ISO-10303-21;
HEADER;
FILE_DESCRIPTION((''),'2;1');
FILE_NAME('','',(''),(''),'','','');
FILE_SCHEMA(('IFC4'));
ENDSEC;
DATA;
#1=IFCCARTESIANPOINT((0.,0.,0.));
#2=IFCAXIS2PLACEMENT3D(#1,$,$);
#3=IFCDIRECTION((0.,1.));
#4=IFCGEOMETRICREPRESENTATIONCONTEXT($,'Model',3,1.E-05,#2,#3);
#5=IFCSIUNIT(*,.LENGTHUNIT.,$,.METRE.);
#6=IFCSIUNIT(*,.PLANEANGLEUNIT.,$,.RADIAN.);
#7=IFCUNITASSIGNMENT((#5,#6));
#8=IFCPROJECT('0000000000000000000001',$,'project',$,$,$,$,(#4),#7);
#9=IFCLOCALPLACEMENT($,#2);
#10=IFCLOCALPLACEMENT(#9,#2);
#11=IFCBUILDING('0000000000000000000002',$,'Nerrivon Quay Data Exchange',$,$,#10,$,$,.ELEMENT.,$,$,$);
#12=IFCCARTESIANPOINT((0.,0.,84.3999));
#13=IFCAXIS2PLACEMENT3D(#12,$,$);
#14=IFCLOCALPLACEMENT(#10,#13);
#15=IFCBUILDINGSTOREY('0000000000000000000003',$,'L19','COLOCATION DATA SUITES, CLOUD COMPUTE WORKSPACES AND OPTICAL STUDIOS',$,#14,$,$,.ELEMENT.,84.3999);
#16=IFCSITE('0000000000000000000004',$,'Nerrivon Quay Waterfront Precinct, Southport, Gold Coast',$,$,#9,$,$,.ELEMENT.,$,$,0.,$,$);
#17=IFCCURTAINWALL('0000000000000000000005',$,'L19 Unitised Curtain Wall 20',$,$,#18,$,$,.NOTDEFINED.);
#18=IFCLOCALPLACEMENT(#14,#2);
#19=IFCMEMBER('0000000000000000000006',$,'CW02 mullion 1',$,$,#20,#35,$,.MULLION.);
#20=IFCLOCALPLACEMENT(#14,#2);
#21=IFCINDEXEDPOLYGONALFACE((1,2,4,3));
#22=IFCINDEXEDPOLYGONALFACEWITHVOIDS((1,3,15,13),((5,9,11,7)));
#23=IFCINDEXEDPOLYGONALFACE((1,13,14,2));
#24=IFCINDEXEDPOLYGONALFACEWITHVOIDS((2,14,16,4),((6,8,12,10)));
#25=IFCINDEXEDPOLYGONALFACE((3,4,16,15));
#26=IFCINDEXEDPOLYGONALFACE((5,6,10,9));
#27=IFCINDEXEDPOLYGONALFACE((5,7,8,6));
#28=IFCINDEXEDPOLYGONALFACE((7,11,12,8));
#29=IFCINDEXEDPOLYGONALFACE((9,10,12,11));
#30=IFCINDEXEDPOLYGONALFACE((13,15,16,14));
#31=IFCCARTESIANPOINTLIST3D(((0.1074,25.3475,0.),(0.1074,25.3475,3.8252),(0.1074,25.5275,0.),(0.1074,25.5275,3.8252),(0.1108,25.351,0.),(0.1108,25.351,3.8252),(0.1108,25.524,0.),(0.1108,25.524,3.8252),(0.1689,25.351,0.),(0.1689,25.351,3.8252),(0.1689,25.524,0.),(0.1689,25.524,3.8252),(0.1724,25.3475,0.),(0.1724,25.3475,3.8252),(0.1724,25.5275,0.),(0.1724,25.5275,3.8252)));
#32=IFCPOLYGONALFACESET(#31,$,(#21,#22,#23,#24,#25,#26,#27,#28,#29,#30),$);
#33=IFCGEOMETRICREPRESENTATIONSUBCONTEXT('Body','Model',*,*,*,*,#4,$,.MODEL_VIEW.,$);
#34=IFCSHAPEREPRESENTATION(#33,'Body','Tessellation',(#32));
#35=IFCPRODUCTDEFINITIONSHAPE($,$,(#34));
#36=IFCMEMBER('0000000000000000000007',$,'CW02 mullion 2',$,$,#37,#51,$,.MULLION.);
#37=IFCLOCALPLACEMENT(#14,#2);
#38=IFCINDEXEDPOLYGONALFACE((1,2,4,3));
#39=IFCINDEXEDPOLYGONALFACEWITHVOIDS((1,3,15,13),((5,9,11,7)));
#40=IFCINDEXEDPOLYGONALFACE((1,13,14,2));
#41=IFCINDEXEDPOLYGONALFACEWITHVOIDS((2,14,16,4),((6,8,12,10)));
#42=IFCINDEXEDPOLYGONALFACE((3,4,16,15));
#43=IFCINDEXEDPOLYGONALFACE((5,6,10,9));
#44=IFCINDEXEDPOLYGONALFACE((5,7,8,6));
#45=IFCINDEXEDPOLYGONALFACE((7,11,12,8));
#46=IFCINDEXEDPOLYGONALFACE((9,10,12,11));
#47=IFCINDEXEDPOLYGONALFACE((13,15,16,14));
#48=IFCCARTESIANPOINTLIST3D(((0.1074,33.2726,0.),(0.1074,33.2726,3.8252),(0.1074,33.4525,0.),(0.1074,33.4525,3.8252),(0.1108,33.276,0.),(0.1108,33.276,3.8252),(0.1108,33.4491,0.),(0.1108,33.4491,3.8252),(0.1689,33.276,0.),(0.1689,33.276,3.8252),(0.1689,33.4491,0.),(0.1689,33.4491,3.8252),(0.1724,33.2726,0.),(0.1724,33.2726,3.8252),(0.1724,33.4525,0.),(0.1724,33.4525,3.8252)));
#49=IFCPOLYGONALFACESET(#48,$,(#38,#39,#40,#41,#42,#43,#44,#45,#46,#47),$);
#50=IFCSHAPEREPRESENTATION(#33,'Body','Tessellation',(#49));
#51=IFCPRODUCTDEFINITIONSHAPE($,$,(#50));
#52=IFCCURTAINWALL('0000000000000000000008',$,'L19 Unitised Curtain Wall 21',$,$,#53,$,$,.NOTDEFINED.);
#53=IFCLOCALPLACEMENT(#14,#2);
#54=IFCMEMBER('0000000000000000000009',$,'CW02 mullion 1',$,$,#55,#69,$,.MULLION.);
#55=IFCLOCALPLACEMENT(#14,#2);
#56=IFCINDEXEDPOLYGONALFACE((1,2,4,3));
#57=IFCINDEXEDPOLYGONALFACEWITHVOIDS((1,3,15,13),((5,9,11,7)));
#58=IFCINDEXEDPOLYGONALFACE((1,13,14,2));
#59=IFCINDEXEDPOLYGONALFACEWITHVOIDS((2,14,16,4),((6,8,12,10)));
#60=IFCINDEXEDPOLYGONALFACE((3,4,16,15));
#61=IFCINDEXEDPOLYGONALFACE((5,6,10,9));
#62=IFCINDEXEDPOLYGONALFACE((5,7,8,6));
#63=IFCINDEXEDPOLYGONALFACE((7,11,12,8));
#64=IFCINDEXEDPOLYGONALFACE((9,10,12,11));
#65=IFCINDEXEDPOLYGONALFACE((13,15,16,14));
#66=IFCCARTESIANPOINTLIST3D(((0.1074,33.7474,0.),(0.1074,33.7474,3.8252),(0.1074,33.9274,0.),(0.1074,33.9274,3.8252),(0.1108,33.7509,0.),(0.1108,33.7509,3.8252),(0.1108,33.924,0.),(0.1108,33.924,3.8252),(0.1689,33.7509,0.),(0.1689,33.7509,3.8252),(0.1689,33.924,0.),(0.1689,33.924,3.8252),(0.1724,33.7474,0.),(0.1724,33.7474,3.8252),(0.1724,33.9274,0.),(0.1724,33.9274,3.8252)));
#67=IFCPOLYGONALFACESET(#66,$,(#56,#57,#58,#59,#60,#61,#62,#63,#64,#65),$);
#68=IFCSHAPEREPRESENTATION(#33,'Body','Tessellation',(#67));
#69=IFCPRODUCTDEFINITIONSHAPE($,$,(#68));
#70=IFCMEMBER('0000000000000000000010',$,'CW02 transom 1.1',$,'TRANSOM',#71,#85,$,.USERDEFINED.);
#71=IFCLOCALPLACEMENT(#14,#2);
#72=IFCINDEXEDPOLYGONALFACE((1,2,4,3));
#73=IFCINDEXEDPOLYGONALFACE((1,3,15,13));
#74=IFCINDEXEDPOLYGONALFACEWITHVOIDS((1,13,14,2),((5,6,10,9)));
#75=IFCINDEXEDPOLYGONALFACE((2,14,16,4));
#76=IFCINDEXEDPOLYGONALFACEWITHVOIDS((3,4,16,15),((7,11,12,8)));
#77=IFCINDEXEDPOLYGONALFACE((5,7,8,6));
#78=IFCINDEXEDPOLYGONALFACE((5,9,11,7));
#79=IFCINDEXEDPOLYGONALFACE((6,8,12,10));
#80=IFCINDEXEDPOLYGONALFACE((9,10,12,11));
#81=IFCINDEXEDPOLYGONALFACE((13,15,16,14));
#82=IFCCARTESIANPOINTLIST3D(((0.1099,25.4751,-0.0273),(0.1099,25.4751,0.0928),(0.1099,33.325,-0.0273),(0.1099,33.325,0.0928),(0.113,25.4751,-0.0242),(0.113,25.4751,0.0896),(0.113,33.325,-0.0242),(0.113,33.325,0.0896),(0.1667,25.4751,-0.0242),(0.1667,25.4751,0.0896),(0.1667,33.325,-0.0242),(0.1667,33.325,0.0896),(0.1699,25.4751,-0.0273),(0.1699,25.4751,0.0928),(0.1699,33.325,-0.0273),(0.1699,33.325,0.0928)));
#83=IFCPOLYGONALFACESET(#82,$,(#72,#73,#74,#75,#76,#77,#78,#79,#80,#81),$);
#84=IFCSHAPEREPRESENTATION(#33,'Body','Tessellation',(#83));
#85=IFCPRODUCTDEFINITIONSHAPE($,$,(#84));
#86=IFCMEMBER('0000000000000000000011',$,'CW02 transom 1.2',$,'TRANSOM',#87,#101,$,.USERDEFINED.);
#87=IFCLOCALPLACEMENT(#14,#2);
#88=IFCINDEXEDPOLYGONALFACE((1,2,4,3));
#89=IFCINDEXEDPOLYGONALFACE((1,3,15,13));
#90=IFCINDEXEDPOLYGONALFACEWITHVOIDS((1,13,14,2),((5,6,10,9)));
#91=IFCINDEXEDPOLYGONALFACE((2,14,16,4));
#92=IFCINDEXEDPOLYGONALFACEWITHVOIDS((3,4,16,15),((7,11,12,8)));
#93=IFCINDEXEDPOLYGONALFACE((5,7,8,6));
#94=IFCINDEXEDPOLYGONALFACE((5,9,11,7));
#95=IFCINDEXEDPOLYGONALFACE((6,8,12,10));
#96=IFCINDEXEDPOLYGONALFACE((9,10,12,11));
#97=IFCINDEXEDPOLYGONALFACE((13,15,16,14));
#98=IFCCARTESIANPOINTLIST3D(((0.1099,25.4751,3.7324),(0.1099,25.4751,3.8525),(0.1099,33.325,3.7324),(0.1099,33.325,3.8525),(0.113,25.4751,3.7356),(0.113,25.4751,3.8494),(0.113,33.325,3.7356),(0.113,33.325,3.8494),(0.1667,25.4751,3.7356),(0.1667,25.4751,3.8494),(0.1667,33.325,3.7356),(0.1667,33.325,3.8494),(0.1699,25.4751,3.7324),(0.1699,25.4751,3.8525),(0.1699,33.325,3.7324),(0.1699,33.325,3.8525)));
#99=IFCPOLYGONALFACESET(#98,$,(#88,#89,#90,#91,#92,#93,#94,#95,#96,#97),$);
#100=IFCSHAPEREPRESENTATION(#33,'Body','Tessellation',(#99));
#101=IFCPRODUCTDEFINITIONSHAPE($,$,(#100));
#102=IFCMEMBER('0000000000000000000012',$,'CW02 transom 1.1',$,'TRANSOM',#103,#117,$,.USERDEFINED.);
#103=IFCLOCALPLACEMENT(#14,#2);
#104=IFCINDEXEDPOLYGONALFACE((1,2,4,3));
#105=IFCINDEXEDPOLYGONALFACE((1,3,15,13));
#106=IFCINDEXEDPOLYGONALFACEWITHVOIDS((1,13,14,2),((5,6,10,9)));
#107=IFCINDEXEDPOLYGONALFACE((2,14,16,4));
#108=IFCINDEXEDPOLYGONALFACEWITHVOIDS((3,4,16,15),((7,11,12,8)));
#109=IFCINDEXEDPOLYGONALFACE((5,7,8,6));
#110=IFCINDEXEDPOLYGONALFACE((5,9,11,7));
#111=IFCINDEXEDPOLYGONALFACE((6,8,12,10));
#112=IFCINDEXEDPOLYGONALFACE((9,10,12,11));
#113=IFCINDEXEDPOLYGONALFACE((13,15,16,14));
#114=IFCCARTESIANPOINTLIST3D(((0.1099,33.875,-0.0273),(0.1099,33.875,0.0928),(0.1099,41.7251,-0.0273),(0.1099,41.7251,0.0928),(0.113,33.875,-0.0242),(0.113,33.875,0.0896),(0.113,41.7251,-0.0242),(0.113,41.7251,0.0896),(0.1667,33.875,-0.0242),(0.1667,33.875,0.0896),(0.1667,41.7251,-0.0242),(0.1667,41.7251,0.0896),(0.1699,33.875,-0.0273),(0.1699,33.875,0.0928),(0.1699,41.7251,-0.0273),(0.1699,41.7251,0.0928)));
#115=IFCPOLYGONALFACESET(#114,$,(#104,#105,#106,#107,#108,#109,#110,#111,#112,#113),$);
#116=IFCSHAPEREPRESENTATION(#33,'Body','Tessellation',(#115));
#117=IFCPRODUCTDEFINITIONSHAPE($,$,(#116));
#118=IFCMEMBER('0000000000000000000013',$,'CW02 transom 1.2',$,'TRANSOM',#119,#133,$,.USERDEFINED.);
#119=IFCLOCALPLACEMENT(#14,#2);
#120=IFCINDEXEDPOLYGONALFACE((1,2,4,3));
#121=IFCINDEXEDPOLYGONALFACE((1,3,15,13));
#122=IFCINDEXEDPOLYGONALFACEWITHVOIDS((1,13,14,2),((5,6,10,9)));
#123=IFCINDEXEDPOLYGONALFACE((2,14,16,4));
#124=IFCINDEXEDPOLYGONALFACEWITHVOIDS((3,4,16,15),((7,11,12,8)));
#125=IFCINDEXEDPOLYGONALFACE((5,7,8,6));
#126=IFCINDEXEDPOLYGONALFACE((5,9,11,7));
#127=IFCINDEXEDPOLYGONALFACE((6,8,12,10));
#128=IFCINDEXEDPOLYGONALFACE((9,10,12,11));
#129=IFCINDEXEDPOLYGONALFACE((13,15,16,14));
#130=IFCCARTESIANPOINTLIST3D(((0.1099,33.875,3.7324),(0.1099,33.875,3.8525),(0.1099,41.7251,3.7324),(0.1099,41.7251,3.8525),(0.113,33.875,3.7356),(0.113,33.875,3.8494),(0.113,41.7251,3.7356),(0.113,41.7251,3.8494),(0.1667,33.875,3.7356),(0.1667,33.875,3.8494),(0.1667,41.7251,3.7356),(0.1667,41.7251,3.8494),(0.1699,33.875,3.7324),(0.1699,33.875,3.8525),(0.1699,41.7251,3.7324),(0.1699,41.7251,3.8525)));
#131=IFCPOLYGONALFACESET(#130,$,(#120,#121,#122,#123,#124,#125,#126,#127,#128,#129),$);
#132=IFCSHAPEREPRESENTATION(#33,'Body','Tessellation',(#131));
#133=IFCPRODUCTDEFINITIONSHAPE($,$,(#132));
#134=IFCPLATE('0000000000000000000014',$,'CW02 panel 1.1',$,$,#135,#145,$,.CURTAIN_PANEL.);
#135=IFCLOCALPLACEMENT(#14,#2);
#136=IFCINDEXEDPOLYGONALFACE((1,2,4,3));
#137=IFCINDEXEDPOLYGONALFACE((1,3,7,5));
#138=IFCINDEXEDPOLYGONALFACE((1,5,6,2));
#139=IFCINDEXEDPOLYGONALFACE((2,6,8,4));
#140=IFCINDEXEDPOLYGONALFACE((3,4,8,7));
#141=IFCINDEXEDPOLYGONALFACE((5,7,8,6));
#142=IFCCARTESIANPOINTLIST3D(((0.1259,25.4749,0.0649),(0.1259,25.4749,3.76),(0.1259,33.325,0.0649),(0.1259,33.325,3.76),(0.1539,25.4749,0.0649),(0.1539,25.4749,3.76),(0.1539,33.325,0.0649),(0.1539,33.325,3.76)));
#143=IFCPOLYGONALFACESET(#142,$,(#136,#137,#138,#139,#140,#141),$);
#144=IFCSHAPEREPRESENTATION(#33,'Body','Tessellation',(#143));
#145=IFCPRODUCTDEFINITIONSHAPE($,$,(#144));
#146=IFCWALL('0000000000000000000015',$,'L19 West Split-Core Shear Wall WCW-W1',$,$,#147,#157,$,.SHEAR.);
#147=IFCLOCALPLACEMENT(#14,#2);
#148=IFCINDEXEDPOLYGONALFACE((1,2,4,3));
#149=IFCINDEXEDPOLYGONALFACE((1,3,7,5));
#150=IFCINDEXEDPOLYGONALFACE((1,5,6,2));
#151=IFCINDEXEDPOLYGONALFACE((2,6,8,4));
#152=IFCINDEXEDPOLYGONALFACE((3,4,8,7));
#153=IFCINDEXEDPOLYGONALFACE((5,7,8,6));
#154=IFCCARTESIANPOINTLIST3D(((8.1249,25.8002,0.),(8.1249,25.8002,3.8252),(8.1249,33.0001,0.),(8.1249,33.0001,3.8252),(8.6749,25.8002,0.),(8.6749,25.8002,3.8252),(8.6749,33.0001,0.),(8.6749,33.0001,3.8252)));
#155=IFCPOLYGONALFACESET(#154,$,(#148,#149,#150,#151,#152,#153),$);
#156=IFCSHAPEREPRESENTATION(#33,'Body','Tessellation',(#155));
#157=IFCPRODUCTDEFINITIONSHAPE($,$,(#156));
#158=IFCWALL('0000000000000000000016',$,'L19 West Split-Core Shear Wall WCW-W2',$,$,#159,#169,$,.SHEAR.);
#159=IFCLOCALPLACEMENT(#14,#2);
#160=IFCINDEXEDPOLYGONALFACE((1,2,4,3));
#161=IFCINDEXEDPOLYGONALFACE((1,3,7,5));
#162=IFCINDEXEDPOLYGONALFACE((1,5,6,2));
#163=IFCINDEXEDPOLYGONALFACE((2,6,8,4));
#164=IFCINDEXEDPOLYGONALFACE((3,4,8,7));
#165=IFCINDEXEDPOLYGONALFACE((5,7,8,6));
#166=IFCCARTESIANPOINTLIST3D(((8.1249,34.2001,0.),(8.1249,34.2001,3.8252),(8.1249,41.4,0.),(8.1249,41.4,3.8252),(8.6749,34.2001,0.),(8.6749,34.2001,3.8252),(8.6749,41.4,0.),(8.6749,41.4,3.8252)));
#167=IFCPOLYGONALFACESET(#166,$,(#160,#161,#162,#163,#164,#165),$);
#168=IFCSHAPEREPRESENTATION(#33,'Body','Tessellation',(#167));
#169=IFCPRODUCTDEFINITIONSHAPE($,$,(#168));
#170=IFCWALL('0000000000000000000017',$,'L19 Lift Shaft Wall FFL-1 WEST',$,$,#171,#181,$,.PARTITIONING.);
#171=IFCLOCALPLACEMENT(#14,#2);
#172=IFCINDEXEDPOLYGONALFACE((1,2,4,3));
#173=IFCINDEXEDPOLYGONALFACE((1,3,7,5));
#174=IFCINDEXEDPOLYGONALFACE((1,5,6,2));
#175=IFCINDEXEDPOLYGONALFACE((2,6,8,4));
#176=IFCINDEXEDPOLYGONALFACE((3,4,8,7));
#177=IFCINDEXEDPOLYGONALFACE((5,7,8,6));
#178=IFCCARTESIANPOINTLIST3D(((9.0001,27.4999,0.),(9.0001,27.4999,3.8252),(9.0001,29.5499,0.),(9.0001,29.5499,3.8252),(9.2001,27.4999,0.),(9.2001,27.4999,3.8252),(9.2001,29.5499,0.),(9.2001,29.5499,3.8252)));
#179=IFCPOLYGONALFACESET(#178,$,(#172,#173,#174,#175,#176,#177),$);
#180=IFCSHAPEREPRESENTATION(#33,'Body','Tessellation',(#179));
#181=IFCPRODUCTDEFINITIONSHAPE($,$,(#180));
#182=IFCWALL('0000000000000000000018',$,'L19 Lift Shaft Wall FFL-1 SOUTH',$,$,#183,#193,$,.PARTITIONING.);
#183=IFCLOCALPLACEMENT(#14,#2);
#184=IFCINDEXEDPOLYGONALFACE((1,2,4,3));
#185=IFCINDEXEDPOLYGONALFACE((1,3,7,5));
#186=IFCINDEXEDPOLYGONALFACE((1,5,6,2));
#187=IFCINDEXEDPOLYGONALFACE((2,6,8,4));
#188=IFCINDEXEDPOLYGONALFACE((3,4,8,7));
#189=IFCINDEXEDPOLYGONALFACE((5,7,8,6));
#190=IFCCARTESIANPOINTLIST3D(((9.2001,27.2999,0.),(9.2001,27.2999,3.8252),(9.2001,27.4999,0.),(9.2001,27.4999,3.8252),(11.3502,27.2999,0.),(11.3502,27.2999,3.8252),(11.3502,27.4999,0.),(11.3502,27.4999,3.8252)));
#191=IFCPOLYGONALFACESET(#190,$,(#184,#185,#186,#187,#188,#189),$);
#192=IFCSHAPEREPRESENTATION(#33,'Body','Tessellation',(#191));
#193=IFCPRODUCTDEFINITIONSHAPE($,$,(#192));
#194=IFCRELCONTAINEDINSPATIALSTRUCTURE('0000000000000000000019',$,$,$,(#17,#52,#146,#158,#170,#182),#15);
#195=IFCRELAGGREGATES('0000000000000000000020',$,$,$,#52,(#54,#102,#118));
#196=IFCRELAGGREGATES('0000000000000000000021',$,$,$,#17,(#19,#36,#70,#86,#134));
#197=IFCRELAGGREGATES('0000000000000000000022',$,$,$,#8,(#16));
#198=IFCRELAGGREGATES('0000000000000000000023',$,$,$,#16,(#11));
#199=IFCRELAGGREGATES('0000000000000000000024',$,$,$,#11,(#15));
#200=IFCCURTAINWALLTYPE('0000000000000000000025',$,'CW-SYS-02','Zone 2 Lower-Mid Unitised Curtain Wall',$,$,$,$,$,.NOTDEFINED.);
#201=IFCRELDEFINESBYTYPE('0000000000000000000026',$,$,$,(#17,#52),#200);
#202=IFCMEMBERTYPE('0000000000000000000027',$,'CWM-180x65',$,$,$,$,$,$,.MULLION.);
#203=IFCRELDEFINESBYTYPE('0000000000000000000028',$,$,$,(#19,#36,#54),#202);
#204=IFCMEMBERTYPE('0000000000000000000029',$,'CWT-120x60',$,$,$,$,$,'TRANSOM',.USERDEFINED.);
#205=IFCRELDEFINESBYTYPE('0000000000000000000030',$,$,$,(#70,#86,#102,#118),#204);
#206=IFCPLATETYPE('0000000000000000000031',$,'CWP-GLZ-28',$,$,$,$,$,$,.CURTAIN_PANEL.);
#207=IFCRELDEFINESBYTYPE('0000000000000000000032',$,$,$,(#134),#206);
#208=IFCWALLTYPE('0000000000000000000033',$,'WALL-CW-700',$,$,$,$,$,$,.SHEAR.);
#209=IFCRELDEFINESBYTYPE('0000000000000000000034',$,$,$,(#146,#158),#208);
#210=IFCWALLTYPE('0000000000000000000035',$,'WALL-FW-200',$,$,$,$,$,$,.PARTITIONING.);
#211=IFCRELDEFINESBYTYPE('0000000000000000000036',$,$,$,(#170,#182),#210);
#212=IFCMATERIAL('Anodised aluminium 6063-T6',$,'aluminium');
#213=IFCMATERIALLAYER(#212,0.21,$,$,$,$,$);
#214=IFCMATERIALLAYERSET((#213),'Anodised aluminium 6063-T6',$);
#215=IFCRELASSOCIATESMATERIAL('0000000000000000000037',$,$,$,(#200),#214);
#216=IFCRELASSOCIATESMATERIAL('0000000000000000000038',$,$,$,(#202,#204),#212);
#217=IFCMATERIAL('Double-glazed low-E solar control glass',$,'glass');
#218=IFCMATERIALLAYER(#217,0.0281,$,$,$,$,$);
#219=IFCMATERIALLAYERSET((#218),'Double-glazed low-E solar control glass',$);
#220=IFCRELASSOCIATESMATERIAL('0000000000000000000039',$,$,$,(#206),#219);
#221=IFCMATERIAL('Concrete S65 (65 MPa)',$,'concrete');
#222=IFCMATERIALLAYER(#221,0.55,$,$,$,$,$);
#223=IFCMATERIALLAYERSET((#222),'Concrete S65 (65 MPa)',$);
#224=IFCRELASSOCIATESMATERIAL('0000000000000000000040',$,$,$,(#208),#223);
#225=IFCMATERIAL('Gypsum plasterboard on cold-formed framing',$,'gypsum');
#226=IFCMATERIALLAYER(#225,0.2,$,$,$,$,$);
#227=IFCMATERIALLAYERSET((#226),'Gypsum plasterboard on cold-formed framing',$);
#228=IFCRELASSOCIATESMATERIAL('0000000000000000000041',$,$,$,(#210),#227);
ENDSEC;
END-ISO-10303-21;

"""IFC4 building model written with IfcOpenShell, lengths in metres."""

from ifc_helpers import new_model, si_unit, direction, frame, frame_2d, origin, origin_2d, place, context, subcontext, project, spatial, rectangle, hollow_rectangle, extrude, material, layer, layer_set, material_profile, profile_set, type_object, element, aggregate, save


model = new_model("IFC4")

# Units and contexts
model_context = context("Model", 3, precision=1e-05, world=origin(), true_north=direction((0.0, 1.0)))
body_context = subcontext(model_context, "Body", "Model", "MODEL_VIEW")
ifc_project = project(units=[si_unit("LENGTHUNIT", "METRE"), si_unit("PLANEANGLEUNIT", "RADIAN")], contexts=[model_context])

# Site, building, storey
site_placement = place(None, origin())
site = spatial("IfcSite", under=ifc_project, at=site_placement, Name="Nerrivon Quay Waterfront Precinct, Southport, Gold Coast", CompositionType="ELEMENT", RefElevation=0.0)
building_placement = place(site_placement, origin())
building = spatial("IfcBuilding", under=site, at=building_placement, Name="Nerrivon Quay Data Exchange", CompositionType="ELEMENT")
storey_placement = place(building_placement, frame((0.0, 0.0, 84.3999)))
storey = spatial("IfcBuildingStorey", under=building, at=storey_placement, Name="L19", Description="COLOCATION DATA SUITES, CLOUD COMPUTE WORKSPACES AND OPTICAL STUDIOS", CompositionType="ELEMENT", Elevation=84.3999)

# Shared definitions
ifc_material_1 = material(Name="Concrete S65 (65 MPa)", Category="concrete")

# Curtain wall, members
ifc_material_2 = material(Name="Anodised aluminium 6063-T6", Category="aluminium")
ifc_layer_1 = layer(ifc_material_2, 0.21)
ifc_layer_set_1 = layer_set([ifc_layer_1], Name="Anodised aluminium 6063-T6")
curtain_wall_type = type_object("IfcCurtainWallType", Name="CW-SYS-02", Description="Zone 2 Lower-Mid Unitised Curtain Wall", PredefinedType="NOTDEFINED", material=ifc_layer_set_1)
curtain_wall_1_placement = place(storey_placement, origin())
curtain_wall_1 = element("IfcCurtainWall", 1, at=curtain_wall_1_placement, inside=storey, type_object=curtain_wall_type, Name="L19 Unitised Curtain Wall 20", PredefinedType="NOTDEFINED")
ifc_material_profile_1 = material_profile(ifc_material_2, hollow_rectangle(XDim=0.0649, YDim=0.1799, WallThickness=0.0034, at=origin_2d()), Name="ALU-MULL-180x65")
ifc_profile_set_1 = profile_set([ifc_material_profile_1], Name="Anodised aluminium 6063-T6")
member_type_1 = type_object("IfcMemberType", Name="CWM-180x65", PredefinedType="MULLION", material=ifc_profile_set_1)
member_1_placement = place(storey_placement, frame((0.1399, 25.4375, 0.0), z_axis=(0.0, 0.0, 1.0), x_axis=(-1.0, 0.0, 0.0)))
member_1 = element("IfcMember", 2, at=member_1_placement, type_object=member_type_1, Name="CW02 mullion 1", PredefinedType="MULLION", context=body_context, shape_type="SweptSolid", body=[
    extrude(hollow_rectangle(XDim=0.0649, YDim=0.1799, WallThickness=0.0034, at=origin_2d()), origin(), (0.0, 0.0, 1.0), 3.8252),
])
member_2_placement = place(storey_placement, frame((0.1399, 33.3625, 0.0), z_axis=(0.0, 0.0, 1.0), x_axis=(-1.0, 0.0, 0.0)))
member_2 = element("IfcMember", 3, at=member_2_placement, type_object=member_type_1, Name="CW02 mullion 2", PredefinedType="MULLION", context=body_context, shape_type="SweptSolid", body=[
    extrude(hollow_rectangle(XDim=0.0649, YDim=0.1799, WallThickness=0.0034, at=origin_2d()), origin(), (0.0, 0.0, 1.0), 3.8252),
])

# Curtain wall, member
curtain_wall_2_placement = place(storey_placement, origin())
curtain_wall_2 = element("IfcCurtainWall", 4, at=curtain_wall_2_placement, inside=storey, type_object=curtain_wall_type, Name="L19 Unitised Curtain Wall 21", PredefinedType="NOTDEFINED")
member_3_placement = place(storey_placement, frame((0.1399, 33.8374, 0.0), z_axis=(0.0, 0.0, 1.0), x_axis=(-1.0, 0.0, 0.0)))
member_3 = element("IfcMember", 5, at=member_3_placement, type_object=member_type_1, Name="CW02 mullion 1", PredefinedType="MULLION", context=body_context, shape_type="SweptSolid", body=[
    extrude(hollow_rectangle(XDim=0.0649, YDim=0.1799, WallThickness=0.0034, at=origin_2d()), origin(), (0.0, 0.0, 1.0), 3.8252),
])

# Members
ifc_material_profile_2 = material_profile(ifc_material_2, hollow_rectangle(XDim=0.0601, YDim=0.1201, WallThickness=0.0032, at=origin_2d()), Name="ALU-TRAN-120x60")
ifc_profile_set_2 = profile_set([ifc_material_profile_2], Name="Anodised aluminium 6063-T6")
member_type_2 = type_object("IfcMemberType", Name="CWT-120x60", ElementType="TRANSOM", PredefinedType="USERDEFINED", material=ifc_profile_set_2)
member_4_placement = place(storey_placement, frame((0.1399, 25.4751, 0.0327), z_axis=(0.0, 1.0, 0.0), x_axis=(-1.0, 0.0, 0.0)))
member_4 = element("IfcMember", 6, at=member_4_placement, type_object=member_type_2, Name="CW02 transom 1.1", ObjectType="TRANSOM", PredefinedType="USERDEFINED", context=body_context, shape_type="SweptSolid", body=[
    extrude(hollow_rectangle(XDim=0.0601, YDim=0.1201, WallThickness=0.0032, at=origin_2d()), origin(), (0.0, 0.0, 1.0), 7.8499),
])
member_5_placement = place(storey_placement, frame((0.1399, 25.4751, 3.7925), z_axis=(0.0, 1.0, 0.0), x_axis=(-1.0, 0.0, 0.0)))
member_5 = element("IfcMember", 7, at=member_5_placement, type_object=member_type_2, Name="CW02 transom 1.2", ObjectType="TRANSOM", PredefinedType="USERDEFINED", context=body_context, shape_type="SweptSolid", body=[
    extrude(hollow_rectangle(XDim=0.0601, YDim=0.1201, WallThickness=0.0032, at=origin_2d()), origin(), (0.0, 0.0, 1.0), 7.8499),
])
member_6_placement = place(storey_placement, frame((0.1399, 33.875, 0.0327), z_axis=(0.0, 1.0, 0.0), x_axis=(-1.0, 0.0, 0.0)))
member_6 = element("IfcMember", 8, at=member_6_placement, type_object=member_type_2, Name="CW02 transom 1.1", ObjectType="TRANSOM", PredefinedType="USERDEFINED", context=body_context, shape_type="SweptSolid", body=[
    extrude(hollow_rectangle(XDim=0.0601, YDim=0.1201, WallThickness=0.0032, at=origin_2d()), origin(), (0.0, 0.0, 1.0), 7.8501),
])
member_7_placement = place(storey_placement, frame((0.1399, 33.875, 3.7925), z_axis=(0.0, 1.0, 0.0), x_axis=(-1.0, 0.0, 0.0)))
member_7 = element("IfcMember", 9, at=member_7_placement, type_object=member_type_2, Name="CW02 transom 1.2", ObjectType="TRANSOM", PredefinedType="USERDEFINED", context=body_context, shape_type="SweptSolid", body=[
    extrude(hollow_rectangle(XDim=0.0601, YDim=0.1201, WallThickness=0.0032, at=origin_2d()), origin(), (0.0, 0.0, 1.0), 7.8501),
])
aggregate(curtain_wall_2, [member_3, member_6, member_7])

# Plate
ifc_material_3 = material(Name="Double-glazed low-E solar control glass", Category="glass")
ifc_layer_2 = layer(ifc_material_3, 0.0281)
ifc_layer_set_2 = layer_set([ifc_layer_2], Name="Double-glazed low-E solar control glass")
plate_type = type_object("IfcPlateType", Name="CWP-GLZ-28", PredefinedType="CURTAIN_PANEL", material=ifc_layer_set_2)
plate_placement = place(storey_placement, frame((0.1399, 29.3999, 0.0649), z_axis=(0.0, 0.0, 1.0), x_axis=(0.0, 1.0, 0.0)))
plate = element("IfcPlate", 10, at=plate_placement, type_object=plate_type, Name="CW02 panel 1.1", PredefinedType="CURTAIN_PANEL", context=body_context, shape_type="SweptSolid", body=[
    extrude(rectangle(XDim=7.8501, YDim=0.0281, at=origin_2d()), origin(), (0.0, 0.0, 1.0), 3.6951),
])
aggregate(curtain_wall_1, [member_1, member_2, member_4, member_5, plate])

# Walls
ifc_layer_3 = layer(ifc_material_1, 0.55)
ifc_layer_set_3 = layer_set([ifc_layer_3], Name="Concrete S65 (65 MPa)")
wall_type_1 = type_object("IfcWallType", Name="WALL-CW-700", PredefinedType="SHEAR", material=ifc_layer_set_3)
for number, where, z_axis, x_axis, name in (
    (11, (8.3999, 25.8, 0.0), (0.0, 0.0, 1.0), (0.0, 1.0, 0.0), "L19 West Split-Core Shear Wall WCW-W1"),
    (12, (8.3999, 34.2, 0.0), (0.0, 0.0, 1.0), (0.0, 1.0, 0.0), "L19 West Split-Core Shear Wall WCW-W2"),
):
    element("IfcWall", number, at=place(storey_placement, frame(where, z_axis=z_axis, x_axis=x_axis)), inside=storey, type_object=wall_type_1, Name=name, PredefinedType="SHEAR", context=body_context, shape_type="SweptSolid", body=[
        extrude(rectangle(XDim=7.2, YDim=0.55, at=frame_2d((3.6001, 0.0))), origin(), (0.0, 0.0, 1.0), 3.8252),
    ])

# Walls
ifc_material_4 = material(Name="Gypsum plasterboard on cold-formed framing", Category="gypsum")
ifc_layer_4 = layer(ifc_material_4, 0.2)
ifc_layer_set_4 = layer_set([ifc_layer_4], Name="Gypsum plasterboard on cold-formed framing")
wall_type_2 = type_object("IfcWallType", Name="WALL-FW-200", PredefinedType="PARTITIONING", material=ifc_layer_set_4)
wall_1_placement = place(storey_placement, frame((9.1001, 27.5, 0.0), z_axis=(0.0, 0.0, 1.0), x_axis=(0.0, 1.0, 0.0)))
element("IfcWall", 13, at=wall_1_placement, inside=storey, type_object=wall_type_2, Name="L19 Lift Shaft Wall FFL-1 WEST", PredefinedType="PARTITIONING", context=body_context, shape_type="SweptSolid", body=[
    extrude(rectangle(XDim=2.05, YDim=0.2, at=frame_2d((1.0249, 0.0))), origin(), (0.0, 0.0, 1.0), 3.8252),
])
wall_2_placement = place(storey_placement, frame((9.2, 27.3999, 0.0), z_axis=(0.0, 0.0, 1.0), x_axis=(1.0, 0.0, 0.0)))
element("IfcWall", 14, at=wall_2_placement, inside=storey, type_object=wall_type_2, Name="L19 Lift Shaft Wall FFL-1 SOUTH", PredefinedType="PARTITIONING", context=body_context, shape_type="SweptSolid", body=[
    extrude(rectangle(XDim=2.1501, YDim=0.2, at=frame_2d((1.0752, 0.0))), origin(), (0.0, 0.0, 1.0), 3.8252),
])

save(model, "model.ifc")
